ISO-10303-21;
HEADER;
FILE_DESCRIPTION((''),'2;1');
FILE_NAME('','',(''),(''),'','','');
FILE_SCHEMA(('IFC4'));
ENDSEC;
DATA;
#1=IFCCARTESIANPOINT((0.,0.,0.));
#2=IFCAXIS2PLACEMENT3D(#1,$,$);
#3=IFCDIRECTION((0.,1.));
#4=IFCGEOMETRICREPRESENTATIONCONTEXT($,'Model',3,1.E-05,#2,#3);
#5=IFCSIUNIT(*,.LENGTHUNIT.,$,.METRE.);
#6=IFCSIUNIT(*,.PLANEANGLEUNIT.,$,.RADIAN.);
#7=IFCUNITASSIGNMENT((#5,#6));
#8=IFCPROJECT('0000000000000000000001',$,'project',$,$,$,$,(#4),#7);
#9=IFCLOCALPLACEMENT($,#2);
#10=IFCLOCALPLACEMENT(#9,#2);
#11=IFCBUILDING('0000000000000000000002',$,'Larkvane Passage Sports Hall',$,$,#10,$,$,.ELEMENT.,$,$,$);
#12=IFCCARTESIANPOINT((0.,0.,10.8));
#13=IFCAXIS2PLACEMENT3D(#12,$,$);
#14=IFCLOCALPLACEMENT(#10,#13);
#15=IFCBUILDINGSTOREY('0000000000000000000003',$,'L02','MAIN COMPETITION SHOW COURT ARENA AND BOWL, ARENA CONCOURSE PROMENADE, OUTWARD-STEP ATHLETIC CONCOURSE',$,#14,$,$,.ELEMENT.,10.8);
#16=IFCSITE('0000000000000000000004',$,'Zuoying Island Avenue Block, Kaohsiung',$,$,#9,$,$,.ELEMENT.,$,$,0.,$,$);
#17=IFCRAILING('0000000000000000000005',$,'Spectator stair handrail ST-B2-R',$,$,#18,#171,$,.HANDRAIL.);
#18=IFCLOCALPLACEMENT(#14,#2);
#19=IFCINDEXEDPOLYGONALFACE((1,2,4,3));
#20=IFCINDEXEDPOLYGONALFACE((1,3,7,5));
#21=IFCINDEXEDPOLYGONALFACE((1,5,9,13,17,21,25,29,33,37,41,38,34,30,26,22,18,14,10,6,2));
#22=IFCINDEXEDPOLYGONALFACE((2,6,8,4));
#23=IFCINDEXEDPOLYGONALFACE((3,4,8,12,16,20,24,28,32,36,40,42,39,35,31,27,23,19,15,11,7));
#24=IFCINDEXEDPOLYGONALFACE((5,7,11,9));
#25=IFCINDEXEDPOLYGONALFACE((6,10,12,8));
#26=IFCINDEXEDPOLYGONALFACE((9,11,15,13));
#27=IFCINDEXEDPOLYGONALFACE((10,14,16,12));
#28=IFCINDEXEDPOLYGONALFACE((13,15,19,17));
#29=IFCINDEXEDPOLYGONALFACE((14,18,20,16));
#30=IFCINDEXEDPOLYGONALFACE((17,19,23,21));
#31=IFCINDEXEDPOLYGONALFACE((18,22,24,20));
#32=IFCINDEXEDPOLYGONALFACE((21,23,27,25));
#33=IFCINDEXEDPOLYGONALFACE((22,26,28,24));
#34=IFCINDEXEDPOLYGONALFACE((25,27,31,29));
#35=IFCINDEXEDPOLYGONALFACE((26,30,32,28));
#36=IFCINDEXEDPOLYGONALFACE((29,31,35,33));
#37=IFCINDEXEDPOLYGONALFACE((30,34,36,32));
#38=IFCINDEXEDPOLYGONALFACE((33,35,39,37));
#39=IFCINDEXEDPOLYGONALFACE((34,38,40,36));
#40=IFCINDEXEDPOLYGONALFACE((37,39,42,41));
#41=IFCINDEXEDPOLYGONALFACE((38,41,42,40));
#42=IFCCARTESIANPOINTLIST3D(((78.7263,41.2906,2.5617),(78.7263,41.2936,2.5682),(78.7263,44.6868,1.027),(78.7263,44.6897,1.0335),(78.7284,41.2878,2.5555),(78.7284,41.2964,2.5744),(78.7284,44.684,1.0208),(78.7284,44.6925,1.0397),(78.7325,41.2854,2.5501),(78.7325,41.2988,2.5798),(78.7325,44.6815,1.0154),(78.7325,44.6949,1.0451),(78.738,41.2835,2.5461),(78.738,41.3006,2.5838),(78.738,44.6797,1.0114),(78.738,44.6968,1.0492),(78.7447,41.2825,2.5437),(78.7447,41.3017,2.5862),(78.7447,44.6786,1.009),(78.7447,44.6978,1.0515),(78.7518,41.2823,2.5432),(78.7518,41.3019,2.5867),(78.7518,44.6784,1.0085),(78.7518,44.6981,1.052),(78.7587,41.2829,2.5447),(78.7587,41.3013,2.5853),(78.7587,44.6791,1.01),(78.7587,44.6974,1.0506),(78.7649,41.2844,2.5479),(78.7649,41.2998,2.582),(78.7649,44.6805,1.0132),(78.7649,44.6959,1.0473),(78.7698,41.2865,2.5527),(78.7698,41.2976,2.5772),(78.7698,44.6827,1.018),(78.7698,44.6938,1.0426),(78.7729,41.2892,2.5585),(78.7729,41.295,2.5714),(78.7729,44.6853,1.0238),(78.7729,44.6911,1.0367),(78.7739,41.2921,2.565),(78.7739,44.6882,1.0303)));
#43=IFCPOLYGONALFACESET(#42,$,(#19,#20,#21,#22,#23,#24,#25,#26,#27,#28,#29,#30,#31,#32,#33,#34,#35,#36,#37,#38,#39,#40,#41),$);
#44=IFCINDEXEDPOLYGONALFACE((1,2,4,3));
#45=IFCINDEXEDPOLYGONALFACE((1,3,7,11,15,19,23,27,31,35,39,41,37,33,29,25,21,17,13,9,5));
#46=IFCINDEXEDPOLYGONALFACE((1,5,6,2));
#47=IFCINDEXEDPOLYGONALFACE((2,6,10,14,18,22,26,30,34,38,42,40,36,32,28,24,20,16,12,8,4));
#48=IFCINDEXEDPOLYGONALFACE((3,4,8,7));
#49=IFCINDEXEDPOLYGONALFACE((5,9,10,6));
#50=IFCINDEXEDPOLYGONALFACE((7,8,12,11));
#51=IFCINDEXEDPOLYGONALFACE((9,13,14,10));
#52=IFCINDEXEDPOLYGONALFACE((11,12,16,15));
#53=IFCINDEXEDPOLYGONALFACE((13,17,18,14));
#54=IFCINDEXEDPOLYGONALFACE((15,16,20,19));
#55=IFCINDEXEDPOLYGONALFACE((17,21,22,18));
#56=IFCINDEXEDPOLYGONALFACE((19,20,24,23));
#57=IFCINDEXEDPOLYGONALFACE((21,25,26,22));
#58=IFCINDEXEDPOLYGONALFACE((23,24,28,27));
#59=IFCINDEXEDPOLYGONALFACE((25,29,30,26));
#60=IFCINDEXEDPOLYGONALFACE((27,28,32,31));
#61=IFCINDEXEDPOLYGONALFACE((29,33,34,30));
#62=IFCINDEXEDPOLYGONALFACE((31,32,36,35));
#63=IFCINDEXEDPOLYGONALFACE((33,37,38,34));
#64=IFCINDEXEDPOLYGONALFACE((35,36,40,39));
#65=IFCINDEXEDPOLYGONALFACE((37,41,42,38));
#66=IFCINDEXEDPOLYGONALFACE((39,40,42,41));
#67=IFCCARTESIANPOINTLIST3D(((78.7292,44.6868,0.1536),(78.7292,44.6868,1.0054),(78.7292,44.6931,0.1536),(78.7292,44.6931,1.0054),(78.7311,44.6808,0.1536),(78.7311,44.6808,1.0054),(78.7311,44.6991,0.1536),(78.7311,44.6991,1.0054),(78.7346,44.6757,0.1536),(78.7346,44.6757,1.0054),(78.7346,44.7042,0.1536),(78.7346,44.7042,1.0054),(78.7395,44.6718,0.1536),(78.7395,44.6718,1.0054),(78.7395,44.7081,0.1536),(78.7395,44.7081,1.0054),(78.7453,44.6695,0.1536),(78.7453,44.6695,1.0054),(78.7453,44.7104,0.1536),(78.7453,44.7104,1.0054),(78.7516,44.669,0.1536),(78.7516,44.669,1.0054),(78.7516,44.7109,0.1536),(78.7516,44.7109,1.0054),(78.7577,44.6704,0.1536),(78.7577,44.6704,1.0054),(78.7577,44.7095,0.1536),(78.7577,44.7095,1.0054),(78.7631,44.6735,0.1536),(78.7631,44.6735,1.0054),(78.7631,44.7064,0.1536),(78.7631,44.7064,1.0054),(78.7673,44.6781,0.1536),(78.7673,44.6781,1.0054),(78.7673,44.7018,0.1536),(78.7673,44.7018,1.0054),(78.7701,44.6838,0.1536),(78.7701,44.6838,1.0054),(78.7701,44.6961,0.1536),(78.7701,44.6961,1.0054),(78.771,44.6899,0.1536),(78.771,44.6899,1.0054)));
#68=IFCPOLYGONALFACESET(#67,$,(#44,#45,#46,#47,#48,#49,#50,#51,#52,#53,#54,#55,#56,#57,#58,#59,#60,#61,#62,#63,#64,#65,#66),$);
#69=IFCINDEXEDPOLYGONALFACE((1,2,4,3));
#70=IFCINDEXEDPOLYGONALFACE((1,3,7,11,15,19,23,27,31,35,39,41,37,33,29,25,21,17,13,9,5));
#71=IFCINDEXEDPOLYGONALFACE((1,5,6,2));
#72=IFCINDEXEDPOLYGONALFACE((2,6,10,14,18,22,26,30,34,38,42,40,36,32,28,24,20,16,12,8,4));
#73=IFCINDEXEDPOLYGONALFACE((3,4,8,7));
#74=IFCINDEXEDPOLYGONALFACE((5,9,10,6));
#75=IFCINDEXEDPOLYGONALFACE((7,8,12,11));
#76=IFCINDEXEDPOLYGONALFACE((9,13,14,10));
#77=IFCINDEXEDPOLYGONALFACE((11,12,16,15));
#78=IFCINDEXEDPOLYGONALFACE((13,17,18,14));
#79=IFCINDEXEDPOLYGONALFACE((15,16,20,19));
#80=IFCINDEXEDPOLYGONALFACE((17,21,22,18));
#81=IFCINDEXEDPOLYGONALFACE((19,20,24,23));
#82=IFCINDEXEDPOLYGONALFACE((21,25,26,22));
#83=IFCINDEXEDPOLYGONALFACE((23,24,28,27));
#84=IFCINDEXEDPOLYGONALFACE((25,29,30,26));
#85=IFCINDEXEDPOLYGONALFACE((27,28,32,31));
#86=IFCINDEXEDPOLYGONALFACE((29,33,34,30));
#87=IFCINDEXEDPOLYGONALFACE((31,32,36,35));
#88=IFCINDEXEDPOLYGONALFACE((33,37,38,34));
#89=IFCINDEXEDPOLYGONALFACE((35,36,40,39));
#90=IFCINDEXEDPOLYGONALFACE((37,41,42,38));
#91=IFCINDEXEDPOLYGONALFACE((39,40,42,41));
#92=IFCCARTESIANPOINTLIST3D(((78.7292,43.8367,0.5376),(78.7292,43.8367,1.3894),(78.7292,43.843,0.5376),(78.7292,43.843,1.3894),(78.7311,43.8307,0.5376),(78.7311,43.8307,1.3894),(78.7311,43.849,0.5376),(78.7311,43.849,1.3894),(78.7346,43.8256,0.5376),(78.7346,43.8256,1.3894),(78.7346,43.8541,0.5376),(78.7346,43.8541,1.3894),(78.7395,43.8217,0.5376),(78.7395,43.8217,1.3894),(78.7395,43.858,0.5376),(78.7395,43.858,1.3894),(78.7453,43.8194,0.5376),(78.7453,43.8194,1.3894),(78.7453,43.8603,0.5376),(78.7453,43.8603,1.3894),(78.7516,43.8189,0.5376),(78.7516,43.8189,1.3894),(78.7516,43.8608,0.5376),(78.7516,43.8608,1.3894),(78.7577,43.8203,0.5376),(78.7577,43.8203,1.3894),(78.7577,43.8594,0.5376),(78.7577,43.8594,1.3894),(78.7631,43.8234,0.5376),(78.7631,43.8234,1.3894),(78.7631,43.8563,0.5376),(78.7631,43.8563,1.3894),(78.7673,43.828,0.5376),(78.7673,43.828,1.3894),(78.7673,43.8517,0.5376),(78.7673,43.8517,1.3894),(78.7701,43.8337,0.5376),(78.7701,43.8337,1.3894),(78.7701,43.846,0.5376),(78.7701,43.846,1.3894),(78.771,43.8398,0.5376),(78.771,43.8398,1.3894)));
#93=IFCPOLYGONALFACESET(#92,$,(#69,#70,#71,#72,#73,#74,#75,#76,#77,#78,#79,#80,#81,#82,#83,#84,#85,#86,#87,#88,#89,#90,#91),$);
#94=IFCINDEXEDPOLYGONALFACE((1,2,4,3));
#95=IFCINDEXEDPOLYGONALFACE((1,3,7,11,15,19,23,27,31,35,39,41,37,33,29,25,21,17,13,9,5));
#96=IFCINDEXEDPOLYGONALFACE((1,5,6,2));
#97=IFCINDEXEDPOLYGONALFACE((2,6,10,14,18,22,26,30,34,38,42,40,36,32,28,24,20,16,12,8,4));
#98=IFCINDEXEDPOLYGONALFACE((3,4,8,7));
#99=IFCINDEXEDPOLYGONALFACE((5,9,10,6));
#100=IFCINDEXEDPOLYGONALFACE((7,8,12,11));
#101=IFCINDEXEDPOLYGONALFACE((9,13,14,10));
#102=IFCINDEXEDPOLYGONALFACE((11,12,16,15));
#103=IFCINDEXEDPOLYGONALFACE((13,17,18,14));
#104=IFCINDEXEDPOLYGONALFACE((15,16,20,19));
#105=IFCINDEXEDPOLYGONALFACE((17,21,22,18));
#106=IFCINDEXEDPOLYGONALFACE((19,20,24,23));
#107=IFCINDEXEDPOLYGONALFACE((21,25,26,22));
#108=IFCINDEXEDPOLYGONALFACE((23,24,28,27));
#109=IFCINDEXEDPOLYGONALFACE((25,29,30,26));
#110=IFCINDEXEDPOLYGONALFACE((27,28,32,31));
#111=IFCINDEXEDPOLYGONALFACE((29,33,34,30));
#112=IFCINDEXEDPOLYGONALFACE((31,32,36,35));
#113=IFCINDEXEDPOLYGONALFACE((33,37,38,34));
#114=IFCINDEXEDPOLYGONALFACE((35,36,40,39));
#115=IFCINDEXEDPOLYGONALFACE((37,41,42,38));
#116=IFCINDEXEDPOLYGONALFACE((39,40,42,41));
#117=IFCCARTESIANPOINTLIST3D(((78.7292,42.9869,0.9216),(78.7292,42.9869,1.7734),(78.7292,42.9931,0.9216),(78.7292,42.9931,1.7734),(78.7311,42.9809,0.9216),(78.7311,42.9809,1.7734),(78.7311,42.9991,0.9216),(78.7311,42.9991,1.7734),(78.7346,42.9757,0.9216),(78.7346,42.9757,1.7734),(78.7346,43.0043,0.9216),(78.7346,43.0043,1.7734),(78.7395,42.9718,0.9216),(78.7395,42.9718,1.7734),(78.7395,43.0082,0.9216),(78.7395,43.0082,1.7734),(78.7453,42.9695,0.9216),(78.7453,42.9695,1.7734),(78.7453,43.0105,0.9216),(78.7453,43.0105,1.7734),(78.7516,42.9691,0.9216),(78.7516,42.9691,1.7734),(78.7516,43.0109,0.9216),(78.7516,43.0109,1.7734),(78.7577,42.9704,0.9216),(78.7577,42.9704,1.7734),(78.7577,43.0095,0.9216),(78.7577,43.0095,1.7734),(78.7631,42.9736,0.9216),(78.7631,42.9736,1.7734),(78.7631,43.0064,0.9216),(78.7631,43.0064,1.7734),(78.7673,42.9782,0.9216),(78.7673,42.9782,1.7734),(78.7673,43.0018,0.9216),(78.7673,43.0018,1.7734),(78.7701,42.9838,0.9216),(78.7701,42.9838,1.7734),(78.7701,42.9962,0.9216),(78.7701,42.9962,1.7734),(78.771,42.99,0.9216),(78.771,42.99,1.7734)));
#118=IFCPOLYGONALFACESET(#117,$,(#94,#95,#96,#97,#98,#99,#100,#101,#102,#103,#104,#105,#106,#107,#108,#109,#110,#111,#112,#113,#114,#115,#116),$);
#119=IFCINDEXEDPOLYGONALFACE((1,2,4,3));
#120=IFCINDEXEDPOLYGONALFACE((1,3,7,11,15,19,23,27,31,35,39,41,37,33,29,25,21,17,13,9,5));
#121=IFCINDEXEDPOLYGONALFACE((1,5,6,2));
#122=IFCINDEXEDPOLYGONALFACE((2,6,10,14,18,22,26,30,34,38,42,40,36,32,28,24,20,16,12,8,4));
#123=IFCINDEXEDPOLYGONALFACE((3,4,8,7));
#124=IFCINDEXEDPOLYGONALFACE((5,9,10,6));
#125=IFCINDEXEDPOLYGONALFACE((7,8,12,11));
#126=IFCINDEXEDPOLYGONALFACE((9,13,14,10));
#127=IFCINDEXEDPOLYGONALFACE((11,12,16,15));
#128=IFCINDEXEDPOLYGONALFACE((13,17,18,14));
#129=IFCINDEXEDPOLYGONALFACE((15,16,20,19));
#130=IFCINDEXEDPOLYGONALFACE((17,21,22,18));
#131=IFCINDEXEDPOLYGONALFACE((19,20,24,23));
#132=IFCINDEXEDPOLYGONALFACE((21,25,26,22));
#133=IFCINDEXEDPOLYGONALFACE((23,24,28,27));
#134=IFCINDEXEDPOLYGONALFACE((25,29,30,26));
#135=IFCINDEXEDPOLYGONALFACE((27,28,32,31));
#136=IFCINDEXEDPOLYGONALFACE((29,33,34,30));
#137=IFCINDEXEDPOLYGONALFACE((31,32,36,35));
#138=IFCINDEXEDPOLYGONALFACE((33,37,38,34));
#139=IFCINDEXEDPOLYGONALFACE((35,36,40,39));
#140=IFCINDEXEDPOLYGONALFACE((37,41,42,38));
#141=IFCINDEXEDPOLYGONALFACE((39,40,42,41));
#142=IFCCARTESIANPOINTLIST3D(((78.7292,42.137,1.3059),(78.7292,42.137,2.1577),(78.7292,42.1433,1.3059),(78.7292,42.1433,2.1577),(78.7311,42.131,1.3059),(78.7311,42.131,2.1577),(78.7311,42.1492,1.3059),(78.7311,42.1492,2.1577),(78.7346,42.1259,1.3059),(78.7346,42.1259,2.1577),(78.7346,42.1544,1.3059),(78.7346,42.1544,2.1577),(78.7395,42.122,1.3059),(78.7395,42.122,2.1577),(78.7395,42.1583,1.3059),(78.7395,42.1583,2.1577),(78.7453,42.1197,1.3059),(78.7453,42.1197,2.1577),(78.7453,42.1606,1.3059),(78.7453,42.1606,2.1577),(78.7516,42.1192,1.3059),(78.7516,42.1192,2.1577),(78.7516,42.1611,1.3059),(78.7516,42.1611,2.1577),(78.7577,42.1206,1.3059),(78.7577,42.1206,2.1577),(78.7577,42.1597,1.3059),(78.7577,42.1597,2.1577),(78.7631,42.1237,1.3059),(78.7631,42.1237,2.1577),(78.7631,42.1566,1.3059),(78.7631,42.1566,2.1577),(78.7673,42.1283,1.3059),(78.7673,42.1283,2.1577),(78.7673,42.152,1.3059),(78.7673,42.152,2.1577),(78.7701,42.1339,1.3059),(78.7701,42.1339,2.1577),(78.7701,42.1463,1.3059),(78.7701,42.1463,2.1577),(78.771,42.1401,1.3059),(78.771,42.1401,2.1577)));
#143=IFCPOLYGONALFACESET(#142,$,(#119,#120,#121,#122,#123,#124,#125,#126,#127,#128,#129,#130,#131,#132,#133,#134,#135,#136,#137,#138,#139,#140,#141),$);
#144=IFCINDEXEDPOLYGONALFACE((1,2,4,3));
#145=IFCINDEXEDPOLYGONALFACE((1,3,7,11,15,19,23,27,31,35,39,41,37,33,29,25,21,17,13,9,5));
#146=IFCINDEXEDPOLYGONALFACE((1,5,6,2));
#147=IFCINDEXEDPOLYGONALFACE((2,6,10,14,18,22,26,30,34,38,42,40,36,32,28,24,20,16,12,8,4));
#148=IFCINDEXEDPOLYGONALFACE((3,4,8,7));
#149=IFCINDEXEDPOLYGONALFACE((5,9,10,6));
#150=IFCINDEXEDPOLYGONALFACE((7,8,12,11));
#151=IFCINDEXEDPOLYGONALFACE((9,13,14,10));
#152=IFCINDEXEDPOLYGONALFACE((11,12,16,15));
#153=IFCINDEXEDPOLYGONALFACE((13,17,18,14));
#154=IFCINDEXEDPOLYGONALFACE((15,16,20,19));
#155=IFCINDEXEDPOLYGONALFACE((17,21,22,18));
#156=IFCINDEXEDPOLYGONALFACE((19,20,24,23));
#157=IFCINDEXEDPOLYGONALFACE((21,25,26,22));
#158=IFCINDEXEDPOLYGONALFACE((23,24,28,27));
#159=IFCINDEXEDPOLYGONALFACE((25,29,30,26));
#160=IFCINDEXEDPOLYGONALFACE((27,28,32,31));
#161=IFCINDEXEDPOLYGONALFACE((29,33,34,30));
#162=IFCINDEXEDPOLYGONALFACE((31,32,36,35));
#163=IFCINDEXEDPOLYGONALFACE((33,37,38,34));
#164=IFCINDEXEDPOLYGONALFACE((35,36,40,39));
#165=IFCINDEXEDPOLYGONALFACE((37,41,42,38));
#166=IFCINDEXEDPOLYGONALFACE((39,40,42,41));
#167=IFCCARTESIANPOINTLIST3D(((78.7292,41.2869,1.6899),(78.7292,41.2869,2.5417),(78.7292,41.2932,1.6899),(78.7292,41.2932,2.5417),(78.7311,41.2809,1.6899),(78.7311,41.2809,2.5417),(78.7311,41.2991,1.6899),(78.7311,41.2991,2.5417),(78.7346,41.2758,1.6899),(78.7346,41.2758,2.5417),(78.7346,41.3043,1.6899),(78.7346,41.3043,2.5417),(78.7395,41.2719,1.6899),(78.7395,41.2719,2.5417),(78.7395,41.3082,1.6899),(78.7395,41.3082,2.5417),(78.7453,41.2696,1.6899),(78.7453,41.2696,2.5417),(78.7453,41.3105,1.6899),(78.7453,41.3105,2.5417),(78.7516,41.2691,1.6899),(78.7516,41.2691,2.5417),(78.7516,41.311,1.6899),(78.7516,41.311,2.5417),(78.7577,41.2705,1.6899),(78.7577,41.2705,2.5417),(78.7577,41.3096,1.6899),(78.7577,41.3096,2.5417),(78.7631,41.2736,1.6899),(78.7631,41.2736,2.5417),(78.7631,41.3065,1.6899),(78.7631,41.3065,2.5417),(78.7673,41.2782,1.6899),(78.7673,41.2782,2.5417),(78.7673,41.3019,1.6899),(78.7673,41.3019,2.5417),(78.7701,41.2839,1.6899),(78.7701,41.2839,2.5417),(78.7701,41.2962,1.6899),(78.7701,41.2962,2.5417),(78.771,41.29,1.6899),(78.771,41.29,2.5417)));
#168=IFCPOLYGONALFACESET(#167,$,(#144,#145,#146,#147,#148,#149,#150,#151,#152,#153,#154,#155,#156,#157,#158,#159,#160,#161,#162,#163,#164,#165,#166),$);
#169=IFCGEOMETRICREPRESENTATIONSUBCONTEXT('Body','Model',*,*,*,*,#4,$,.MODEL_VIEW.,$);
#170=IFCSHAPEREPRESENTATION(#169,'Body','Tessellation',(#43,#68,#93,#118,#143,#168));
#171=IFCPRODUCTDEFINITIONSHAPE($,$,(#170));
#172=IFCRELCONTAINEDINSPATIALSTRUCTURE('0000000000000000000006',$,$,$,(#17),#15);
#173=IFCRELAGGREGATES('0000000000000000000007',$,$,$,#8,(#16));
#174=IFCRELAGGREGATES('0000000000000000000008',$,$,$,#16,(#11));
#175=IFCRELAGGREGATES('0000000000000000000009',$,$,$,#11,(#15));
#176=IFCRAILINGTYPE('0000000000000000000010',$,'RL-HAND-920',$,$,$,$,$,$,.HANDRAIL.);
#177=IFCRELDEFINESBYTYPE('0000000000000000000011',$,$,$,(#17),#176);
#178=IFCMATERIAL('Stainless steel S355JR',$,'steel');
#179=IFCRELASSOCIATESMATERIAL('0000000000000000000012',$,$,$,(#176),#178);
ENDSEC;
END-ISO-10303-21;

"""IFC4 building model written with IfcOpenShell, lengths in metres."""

from ifc_helpers import new_model, si_unit, direction, frame, origin, origin_2d, place, context, subcontext, project, spatial, circle, extrude, material, type_object, element, save


model = new_model("IFC4")

# Units and contexts
model_context = context("Model", 3, precision=1e-05, world=origin(), true_north=direction((0.0, 1.0)))
body_context = subcontext(model_context, "Body", "Model", "MODEL_VIEW")
ifc_project = project(units=[si_unit("LENGTHUNIT", "METRE"), si_unit("PLANEANGLEUNIT", "RADIAN")], contexts=[model_context])

# Site, building, storey
site_placement = place(None, origin())
site = spatial("IfcSite", under=ifc_project, at=site_placement, Name="Zuoying Island Avenue Block, Kaohsiung", CompositionType="ELEMENT", RefElevation=0.0)
building_placement = place(site_placement, origin())
building = spatial("IfcBuilding", under=site, at=building_placement, Name="Larkvane Passage Sports Hall", CompositionType="ELEMENT")
storey_placement = place(building_placement, frame((0.0, 0.0, 10.8)))
storey = spatial("IfcBuildingStorey", under=building, at=storey_placement, Name="L02", Description="MAIN COMPETITION SHOW COURT ARENA AND BOWL, ARENA CONCOURSE PROMENADE, OUTWARD-STEP ATHLETIC CONCOURSE", CompositionType="ELEMENT", Elevation=10.8)

# Railing
ifc_material_1 = material(Name="Stainless steel S355JR", Category="steel")
railing_type_1 = type_object("IfcRailingType", Name="RL-HAND-920", PredefinedType="HANDRAIL", material=ifc_material_1)
for number, where, name in (
    (1, (78.75, 44.6899, 0.1536), "Spectator stair handrail ST-B2-R"),
):
    element("IfcRailing", number, at=place(storey_placement, frame(where)), inside=storey, type_object=railing_type_1, Name=name, PredefinedType="HANDRAIL", context=body_context, shape_type="SweptSolid", body=[
        extrude(circle(Radius=0.0239, at=origin_2d()), frame((0.0, -0.0017, 0.8767), z_axis=(0.0, -0.911276, 0.411795), x_axis=(1.0, 0.0, 0.0)), (0.0, 0.0, 1.0), 3.7268),
        extrude(circle(Radius=0.021, at=origin_2d()), origin(), (0.0, 0.0, 1.0), 0.8518),
        extrude(circle(Radius=0.021, at=origin_2d()), frame((0.0, -0.8501, 0.384)), (0.0, 0.0, 1.0), 0.8518),
        extrude(circle(Radius=0.021, at=origin_2d()), frame((0.0, -1.7, 0.7681)), (0.0, 0.0, 1.0), 0.8518),
        extrude(circle(Radius=0.021, at=origin_2d()), frame((0.0, -2.5498, 1.1523)), (0.0, 0.0, 1.0), 0.8518),
        extrude(circle(Radius=0.021, at=origin_2d()), frame((0.0, -3.3999, 1.5364)), (0.0, 0.0, 1.0), 0.8518),
    ])

save(model, "model.ifc")
